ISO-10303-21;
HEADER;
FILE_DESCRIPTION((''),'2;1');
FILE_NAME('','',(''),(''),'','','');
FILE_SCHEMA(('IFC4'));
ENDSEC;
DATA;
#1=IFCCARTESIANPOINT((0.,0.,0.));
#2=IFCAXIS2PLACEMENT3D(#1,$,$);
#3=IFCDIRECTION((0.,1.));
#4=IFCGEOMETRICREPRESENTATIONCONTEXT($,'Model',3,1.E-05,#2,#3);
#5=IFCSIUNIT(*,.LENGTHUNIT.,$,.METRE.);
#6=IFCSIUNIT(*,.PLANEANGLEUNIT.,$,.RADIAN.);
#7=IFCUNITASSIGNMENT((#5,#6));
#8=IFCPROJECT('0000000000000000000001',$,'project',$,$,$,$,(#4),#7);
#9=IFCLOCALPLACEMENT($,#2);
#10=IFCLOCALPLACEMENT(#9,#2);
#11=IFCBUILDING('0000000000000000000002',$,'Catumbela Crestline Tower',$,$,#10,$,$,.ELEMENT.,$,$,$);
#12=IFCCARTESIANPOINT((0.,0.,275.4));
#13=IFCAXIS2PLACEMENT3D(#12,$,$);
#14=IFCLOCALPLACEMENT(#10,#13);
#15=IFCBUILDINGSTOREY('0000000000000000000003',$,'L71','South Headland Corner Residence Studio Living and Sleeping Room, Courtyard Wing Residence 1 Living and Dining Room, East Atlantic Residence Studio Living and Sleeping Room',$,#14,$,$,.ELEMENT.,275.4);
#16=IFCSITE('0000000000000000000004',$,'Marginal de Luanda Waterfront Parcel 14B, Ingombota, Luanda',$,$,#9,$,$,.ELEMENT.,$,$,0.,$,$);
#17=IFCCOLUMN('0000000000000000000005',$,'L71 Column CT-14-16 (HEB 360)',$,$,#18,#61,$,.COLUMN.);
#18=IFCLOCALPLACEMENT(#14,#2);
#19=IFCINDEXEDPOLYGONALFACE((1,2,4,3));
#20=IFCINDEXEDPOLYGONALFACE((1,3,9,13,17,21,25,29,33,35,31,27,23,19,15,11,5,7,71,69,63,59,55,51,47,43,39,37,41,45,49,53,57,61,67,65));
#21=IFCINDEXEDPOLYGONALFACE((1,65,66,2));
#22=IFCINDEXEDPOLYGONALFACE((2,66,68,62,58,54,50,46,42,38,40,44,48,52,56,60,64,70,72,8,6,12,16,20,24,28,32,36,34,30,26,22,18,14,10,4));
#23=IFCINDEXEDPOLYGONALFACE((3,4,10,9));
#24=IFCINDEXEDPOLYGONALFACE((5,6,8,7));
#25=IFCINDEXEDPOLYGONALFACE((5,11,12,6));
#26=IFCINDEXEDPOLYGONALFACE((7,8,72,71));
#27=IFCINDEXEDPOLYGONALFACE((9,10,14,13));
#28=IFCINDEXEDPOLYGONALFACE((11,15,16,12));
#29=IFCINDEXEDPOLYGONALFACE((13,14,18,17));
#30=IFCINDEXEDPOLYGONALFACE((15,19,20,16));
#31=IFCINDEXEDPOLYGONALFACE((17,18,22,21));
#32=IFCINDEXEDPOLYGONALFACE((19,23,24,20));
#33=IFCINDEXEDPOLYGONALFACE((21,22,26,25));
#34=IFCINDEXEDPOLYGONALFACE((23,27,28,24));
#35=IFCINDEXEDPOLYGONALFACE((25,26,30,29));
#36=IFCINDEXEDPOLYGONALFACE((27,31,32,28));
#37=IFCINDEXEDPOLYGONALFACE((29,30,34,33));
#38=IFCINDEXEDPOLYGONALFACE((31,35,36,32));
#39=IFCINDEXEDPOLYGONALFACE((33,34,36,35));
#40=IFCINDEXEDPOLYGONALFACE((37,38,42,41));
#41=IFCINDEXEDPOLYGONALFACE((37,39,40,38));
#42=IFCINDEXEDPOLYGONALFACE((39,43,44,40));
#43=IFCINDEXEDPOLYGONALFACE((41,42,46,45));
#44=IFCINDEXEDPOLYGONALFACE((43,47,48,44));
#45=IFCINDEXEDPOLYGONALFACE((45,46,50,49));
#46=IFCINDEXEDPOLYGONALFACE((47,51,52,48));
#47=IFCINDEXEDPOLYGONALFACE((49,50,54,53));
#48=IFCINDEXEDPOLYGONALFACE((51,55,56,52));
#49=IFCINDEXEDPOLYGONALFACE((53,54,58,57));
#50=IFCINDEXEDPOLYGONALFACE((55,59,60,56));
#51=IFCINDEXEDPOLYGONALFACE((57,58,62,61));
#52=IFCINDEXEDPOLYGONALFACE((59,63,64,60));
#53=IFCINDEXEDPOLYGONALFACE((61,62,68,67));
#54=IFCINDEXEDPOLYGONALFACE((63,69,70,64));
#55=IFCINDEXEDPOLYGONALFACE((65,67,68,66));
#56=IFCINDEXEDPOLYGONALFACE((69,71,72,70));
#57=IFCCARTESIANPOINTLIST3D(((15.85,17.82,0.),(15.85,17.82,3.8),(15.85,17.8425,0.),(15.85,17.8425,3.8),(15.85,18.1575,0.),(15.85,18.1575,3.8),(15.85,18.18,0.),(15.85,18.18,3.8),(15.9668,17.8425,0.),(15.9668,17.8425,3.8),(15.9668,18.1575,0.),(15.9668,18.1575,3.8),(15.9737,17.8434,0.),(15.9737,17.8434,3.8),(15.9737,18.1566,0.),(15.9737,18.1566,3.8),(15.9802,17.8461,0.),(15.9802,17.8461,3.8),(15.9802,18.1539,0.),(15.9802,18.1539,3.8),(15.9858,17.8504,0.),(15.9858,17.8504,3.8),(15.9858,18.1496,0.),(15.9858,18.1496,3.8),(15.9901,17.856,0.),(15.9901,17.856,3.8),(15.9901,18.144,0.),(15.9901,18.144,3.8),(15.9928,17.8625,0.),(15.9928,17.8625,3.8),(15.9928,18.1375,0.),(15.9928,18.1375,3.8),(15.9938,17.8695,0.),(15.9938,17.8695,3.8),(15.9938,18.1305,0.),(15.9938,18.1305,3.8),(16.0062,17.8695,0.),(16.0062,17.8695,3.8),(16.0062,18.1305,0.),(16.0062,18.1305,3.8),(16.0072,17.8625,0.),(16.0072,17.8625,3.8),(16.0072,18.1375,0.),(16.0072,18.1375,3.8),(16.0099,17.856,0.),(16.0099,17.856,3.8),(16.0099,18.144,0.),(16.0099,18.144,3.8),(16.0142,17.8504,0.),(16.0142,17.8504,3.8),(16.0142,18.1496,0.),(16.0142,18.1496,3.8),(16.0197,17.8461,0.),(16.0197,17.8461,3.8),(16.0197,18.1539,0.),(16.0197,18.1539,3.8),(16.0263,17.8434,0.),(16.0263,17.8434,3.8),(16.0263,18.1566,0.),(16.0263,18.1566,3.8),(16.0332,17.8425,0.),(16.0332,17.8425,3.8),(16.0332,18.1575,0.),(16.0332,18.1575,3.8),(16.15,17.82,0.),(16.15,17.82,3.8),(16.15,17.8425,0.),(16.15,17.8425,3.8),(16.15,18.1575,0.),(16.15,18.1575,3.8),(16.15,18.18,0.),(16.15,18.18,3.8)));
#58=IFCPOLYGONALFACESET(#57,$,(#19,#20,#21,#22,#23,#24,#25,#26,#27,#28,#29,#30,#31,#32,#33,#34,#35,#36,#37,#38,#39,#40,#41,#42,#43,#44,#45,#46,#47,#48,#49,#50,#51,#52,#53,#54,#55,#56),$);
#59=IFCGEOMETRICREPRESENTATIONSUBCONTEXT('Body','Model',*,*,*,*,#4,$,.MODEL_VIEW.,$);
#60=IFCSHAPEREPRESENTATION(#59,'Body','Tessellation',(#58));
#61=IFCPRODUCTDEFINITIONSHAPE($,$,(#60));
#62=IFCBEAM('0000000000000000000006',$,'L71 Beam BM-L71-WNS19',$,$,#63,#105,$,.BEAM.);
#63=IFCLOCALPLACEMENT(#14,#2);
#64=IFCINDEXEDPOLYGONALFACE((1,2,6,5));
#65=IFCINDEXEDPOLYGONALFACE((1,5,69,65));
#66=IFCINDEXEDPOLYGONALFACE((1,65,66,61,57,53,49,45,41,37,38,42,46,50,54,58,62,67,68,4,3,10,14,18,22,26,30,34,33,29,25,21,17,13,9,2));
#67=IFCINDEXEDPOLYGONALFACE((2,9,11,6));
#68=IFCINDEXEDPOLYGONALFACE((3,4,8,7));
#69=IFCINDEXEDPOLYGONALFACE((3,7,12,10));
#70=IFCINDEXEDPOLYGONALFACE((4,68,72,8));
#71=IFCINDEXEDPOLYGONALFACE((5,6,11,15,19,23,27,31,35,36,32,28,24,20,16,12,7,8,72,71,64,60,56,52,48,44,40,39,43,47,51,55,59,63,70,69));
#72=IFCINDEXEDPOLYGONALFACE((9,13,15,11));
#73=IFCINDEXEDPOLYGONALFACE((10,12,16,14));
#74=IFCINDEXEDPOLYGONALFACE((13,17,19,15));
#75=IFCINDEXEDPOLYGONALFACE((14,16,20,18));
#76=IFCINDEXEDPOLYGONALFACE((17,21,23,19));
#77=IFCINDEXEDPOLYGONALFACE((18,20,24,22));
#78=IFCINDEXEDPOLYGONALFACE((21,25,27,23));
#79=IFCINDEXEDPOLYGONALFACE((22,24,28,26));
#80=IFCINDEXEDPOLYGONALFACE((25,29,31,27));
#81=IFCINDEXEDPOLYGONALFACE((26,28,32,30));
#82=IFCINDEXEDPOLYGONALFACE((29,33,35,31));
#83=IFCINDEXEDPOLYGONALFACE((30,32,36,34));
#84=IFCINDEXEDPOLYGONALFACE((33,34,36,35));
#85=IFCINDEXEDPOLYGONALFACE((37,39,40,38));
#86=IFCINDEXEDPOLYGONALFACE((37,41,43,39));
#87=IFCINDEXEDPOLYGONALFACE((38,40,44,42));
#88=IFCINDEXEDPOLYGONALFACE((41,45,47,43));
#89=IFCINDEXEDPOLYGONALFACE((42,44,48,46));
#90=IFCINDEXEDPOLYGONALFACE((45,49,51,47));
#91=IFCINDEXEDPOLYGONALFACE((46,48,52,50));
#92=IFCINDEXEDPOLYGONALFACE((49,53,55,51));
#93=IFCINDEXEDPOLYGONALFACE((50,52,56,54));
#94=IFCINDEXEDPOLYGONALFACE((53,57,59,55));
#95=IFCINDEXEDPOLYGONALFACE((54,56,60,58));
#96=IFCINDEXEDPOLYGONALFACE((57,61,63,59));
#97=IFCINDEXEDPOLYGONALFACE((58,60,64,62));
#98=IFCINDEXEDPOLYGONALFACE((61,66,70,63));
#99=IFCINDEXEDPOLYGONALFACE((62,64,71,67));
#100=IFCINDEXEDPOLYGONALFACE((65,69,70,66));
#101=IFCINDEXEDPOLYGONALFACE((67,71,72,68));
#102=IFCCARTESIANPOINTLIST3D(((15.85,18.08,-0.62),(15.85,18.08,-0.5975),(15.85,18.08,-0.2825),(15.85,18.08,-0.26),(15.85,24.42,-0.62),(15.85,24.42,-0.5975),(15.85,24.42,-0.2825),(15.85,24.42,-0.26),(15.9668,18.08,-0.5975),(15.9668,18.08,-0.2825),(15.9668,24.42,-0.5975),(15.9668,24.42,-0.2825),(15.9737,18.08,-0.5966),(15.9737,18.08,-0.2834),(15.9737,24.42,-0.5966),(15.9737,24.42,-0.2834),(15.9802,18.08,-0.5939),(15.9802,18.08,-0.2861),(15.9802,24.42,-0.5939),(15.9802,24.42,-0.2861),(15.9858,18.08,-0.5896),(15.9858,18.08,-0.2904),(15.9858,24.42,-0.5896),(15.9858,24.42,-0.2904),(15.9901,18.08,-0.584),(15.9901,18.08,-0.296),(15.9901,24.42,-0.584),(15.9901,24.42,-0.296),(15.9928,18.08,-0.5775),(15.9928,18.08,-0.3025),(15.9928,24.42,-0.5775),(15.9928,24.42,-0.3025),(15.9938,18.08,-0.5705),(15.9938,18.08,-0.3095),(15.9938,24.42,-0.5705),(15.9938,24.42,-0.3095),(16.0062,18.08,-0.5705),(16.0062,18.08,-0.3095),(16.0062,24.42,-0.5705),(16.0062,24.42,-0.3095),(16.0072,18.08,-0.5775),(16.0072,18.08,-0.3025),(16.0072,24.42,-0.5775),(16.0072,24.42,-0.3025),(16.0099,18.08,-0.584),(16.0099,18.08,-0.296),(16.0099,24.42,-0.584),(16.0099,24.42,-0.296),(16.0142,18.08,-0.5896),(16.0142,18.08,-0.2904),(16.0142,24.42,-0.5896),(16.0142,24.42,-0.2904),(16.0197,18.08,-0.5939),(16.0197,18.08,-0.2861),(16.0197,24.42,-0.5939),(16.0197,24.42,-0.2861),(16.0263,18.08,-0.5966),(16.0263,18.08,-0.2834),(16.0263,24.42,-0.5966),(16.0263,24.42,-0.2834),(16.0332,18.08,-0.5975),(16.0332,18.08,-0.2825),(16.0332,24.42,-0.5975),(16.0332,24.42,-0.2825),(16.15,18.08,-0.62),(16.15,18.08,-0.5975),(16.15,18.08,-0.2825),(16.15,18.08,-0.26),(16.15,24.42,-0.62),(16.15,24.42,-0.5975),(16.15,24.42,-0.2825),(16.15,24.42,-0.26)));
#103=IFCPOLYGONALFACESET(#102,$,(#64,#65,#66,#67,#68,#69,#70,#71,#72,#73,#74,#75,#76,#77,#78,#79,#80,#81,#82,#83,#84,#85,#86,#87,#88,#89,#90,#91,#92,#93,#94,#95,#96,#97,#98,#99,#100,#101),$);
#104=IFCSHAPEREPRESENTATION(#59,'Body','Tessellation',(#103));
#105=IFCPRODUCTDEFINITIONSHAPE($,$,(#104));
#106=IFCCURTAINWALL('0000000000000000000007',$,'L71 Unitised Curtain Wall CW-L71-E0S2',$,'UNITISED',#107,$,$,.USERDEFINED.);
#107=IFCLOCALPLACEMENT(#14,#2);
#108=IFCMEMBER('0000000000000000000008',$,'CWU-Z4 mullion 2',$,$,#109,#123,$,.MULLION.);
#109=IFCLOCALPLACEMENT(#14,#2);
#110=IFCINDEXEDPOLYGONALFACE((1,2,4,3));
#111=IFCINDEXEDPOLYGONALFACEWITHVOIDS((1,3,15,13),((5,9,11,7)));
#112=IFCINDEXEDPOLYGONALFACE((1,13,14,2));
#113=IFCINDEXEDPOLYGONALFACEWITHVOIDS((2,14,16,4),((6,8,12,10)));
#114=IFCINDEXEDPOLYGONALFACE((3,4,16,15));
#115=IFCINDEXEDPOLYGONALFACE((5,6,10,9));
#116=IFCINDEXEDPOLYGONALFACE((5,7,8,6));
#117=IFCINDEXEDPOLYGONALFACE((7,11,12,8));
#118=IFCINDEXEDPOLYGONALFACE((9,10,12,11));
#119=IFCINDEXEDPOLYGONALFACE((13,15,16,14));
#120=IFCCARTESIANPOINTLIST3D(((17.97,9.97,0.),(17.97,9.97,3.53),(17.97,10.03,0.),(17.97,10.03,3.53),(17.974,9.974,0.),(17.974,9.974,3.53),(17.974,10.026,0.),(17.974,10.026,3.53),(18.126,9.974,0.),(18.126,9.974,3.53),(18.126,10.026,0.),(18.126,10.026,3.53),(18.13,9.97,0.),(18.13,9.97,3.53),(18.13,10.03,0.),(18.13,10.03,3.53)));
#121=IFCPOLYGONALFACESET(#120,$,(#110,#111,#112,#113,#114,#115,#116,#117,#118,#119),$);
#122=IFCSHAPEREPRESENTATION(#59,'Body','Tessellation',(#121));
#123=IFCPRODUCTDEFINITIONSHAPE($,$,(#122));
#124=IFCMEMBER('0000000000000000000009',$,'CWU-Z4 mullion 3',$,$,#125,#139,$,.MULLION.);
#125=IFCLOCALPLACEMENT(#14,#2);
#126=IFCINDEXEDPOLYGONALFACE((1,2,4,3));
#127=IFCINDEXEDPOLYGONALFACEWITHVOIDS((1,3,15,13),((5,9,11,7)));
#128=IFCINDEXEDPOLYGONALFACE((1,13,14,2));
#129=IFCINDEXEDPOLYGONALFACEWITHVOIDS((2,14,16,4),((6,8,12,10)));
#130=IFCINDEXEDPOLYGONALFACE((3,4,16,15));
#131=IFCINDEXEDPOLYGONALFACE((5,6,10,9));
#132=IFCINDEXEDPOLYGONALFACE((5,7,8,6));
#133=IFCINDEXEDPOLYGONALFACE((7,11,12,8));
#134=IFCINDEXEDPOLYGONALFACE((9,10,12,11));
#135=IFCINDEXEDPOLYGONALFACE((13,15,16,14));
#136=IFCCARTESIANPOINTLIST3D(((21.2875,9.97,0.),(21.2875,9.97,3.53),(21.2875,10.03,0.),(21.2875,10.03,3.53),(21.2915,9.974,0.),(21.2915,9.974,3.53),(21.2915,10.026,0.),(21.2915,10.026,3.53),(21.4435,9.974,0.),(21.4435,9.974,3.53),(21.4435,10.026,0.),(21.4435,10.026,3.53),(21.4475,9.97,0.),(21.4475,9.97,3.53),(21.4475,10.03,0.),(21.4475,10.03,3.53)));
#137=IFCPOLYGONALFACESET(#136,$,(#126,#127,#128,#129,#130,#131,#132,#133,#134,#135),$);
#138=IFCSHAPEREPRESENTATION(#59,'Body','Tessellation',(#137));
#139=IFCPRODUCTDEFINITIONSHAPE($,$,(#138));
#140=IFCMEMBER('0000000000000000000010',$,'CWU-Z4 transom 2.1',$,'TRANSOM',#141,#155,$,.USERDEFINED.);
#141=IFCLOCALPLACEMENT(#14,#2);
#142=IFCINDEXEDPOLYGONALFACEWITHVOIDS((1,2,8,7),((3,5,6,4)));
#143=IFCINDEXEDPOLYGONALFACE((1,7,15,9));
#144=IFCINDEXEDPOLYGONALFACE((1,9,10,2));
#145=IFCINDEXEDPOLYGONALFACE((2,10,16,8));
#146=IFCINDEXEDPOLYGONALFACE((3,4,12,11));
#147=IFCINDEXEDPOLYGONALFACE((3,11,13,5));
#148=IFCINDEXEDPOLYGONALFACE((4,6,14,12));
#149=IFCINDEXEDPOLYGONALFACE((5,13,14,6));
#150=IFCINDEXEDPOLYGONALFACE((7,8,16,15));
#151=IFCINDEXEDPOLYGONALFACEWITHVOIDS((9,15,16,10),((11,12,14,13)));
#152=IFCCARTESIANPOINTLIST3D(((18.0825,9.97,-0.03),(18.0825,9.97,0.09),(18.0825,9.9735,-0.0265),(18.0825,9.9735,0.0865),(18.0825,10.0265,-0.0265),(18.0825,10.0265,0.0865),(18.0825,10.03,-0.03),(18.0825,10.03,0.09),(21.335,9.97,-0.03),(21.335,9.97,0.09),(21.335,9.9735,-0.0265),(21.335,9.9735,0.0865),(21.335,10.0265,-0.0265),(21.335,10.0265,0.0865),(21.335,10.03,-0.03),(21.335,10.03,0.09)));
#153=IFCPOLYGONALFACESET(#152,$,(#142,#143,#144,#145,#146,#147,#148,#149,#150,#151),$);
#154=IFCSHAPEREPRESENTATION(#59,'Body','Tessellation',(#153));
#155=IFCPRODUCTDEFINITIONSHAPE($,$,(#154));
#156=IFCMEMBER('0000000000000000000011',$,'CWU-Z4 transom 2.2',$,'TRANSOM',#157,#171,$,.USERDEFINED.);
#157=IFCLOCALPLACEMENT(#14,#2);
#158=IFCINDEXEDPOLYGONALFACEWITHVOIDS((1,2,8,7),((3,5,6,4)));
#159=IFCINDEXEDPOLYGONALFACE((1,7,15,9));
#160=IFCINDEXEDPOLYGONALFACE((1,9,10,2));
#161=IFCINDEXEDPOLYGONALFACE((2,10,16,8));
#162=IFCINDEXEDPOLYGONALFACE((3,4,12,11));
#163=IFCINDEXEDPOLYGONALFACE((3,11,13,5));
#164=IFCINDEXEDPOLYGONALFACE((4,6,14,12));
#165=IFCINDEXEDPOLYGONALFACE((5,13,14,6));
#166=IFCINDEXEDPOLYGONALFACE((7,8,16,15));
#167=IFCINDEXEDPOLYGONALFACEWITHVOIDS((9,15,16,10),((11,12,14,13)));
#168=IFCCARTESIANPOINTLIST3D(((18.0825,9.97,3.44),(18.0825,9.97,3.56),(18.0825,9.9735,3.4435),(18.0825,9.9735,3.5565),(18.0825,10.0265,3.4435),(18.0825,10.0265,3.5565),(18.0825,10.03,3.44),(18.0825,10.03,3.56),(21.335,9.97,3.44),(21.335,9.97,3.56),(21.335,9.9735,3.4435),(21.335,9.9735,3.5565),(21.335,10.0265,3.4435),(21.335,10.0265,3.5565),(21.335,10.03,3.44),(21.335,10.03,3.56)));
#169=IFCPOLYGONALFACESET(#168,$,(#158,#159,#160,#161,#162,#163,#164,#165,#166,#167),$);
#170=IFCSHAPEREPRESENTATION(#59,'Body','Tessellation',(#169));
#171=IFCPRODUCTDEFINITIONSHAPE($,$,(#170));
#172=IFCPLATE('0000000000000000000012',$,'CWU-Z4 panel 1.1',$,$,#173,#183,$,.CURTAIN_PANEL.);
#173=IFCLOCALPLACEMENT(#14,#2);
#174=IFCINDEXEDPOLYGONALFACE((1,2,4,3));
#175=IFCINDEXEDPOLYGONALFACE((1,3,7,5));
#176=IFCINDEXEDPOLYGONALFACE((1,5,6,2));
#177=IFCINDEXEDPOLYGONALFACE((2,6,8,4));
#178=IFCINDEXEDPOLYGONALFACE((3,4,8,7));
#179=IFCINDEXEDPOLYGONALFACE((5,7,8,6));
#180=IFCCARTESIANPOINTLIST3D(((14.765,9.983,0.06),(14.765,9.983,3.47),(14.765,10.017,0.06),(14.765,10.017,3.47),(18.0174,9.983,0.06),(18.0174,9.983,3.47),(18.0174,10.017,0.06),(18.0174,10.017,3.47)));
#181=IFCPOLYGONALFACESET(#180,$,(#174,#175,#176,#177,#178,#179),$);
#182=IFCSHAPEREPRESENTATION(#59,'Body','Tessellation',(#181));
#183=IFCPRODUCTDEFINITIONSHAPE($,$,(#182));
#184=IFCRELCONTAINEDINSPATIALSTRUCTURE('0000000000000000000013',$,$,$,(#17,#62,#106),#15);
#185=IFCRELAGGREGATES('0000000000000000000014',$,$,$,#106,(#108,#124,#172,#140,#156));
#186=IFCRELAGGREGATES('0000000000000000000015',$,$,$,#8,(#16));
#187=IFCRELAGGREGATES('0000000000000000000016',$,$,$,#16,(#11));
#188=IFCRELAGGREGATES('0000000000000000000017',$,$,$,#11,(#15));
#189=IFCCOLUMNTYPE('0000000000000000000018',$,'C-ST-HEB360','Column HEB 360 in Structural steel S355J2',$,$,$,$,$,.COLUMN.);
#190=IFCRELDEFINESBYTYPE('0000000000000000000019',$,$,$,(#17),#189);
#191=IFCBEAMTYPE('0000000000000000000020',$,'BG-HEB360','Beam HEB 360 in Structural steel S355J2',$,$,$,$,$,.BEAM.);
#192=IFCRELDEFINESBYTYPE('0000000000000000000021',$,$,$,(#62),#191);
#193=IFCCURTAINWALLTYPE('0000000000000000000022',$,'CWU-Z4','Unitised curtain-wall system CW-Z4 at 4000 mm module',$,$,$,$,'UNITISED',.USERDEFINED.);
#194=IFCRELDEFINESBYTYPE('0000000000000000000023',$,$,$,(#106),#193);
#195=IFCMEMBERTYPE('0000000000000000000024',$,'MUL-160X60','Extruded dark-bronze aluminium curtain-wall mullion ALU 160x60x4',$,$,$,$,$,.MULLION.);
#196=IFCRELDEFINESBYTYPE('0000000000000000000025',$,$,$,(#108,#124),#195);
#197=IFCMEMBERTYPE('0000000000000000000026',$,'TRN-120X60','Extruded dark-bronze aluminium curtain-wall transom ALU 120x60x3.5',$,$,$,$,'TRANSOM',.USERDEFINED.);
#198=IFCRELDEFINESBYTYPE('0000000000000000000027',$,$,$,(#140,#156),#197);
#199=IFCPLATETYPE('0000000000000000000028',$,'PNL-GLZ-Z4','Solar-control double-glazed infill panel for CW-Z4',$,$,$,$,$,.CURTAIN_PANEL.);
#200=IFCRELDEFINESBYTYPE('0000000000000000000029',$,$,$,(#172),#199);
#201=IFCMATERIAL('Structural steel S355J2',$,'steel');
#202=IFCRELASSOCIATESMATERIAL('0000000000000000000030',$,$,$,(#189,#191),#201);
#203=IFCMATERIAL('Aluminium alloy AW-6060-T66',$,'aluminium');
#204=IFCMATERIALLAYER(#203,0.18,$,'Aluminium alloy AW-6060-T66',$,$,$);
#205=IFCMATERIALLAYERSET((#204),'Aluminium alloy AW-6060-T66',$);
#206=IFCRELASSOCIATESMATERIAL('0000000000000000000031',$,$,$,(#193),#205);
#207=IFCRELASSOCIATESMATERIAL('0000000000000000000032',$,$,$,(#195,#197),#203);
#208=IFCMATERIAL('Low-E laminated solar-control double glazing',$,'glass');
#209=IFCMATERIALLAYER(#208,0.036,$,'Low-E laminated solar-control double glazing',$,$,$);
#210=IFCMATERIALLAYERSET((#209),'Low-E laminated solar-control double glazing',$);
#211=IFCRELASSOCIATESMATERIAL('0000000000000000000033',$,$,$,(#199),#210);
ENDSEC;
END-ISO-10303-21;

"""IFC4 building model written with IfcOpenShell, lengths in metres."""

from ifc_helpers import new_model, si_unit, direction, frame, origin, origin_2d, place, context, subcontext, project, spatial, rectangle, hollow_rectangle, i_section, extrude, material, layer, layer_set, material_profile, profile_set, type_object, element, aggregate, save


model = new_model("IFC4")

# Units and contexts
model_context = context("Model", 3, precision=1e-05, world=origin(), true_north=direction((0.0, 1.0)))
body_context = subcontext(model_context, "Body", "Model", "MODEL_VIEW")
ifc_project = project(units=[si_unit("LENGTHUNIT", "METRE"), si_unit("PLANEANGLEUNIT", "RADIAN")], contexts=[model_context])

# Site, building, storey
site_placement = place(None, origin())
site = spatial("IfcSite", under=ifc_project, at=site_placement, Name="Marginal de Luanda Waterfront Parcel 14B, Ingombota, Luanda", CompositionType="ELEMENT", RefElevation=0.0)
building_placement = place(site_placement, origin())
building = spatial("IfcBuilding", under=site, at=building_placement, Name="Catumbela Crestline Tower", CompositionType="ELEMENT")
storey_placement = place(building_placement, frame((0.0, 0.0, 275.4)))
storey = spatial("IfcBuildingStorey", under=building, at=storey_placement, Name="L71", Description="South Headland Corner Residence Studio Living and Sleeping Room, Courtyard Wing Residence 1 Living and Dining Room, East Atlantic Residence Studio Living and Sleeping Room", CompositionType="ELEMENT", Elevation=275.4)

# Column
ifc_material_1 = material(Name="Structural steel S355J2", Category="steel")
ifc_material_profile_1 = material_profile(ifc_material_1, i_section(OverallWidth=0.3, OverallDepth=0.36, WebThickness=0.0125, FlangeThickness=0.0225, FilletRadius=0.027, at=origin_2d()), Name="HEB 360")
ifc_profile_set_1 = profile_set([ifc_material_profile_1], Name="Structural steel S355J2")
column_type = type_object("IfcColumnType", Name="C-ST-HEB360", Description="Column HEB 360 in Structural steel S355J2", PredefinedType="COLUMN", material=ifc_profile_set_1)
column_placement = place(storey_placement, frame((16.0, 18.0, 0.0), z_axis=(0.0, 0.0, 1.0), x_axis=(1.0, 0.0, 0.0)))
element("IfcColumn", 1, at=column_placement, inside=storey, type_object=column_type, Name="L71 Column CT-14-16 (HEB 360)", PredefinedType="COLUMN", context=body_context, shape_type="SweptSolid", body=[
    extrude(i_section(OverallWidth=0.3, OverallDepth=0.36, WebThickness=0.0125, FlangeThickness=0.0225, FilletRadius=0.027, at=origin_2d()), origin(), (0.0, 0.0, 1.0), 3.8),
])

# Beam
ifc_material_profile_2 = material_profile(ifc_material_1, i_section(OverallWidth=0.3, OverallDepth=0.36, WebThickness=0.0125, FlangeThickness=0.0225, FilletRadius=0.027, at=origin_2d()), Name="HEB 360")
ifc_profile_set_2 = profile_set([ifc_material_profile_2], Name="Structural steel S355J2")
beam_type = type_object("IfcBeamType", Name="BG-HEB360", Description="Beam HEB 360 in Structural steel S355J2", PredefinedType="BEAM", material=ifc_profile_set_2)
beam_placement = place(storey_placement, frame((16.0, 18.08, -0.44), z_axis=(0.0, 1.0, 0.0), x_axis=(-1.0, 0.0, 0.0)))
element("IfcBeam", 2, at=beam_placement, inside=storey, type_object=beam_type, Name="L71 Beam BM-L71-WNS19", PredefinedType="BEAM", context=body_context, shape_type="SweptSolid", body=[
    extrude(i_section(OverallWidth=0.3, OverallDepth=0.36, WebThickness=0.0125, FlangeThickness=0.0225, FilletRadius=0.027, at=origin_2d()), origin(), (0.0, 0.0, 1.0), 6.34),
])

# Curtain wall, members, plate
ifc_material_2 = material(Name="Aluminium alloy AW-6060-T66", Category="aluminium")
ifc_layer_1 = layer(ifc_material_2, 0.18, Name="Aluminium alloy AW-6060-T66")
ifc_layer_set_1 = layer_set([ifc_layer_1], Name="Aluminium alloy AW-6060-T66")
curtain_wall_type = type_object("IfcCurtainWallType", Name="CWU-Z4", Description="Unitised curtain-wall system CW-Z4 at 4000 mm module", ElementType="UNITISED", PredefinedType="USERDEFINED", material=ifc_layer_set_1)
curtain_wall_placement = place(storey_placement, origin())
curtain_wall = element("IfcCurtainWall", 3, at=curtain_wall_placement, inside=storey, type_object=curtain_wall_type, Name="L71 Unitised Curtain Wall CW-L71-E0S2", ObjectType="UNITISED", PredefinedType="USERDEFINED")
ifc_material_profile_3 = material_profile(ifc_material_2, hollow_rectangle(XDim=0.06, YDim=0.16, WallThickness=0.004, at=origin_2d()), Name="ALU 160x60x4")
ifc_profile_set_3 = profile_set([ifc_material_profile_3], Name="Aluminium alloy AW-6060-T66")
member_type_1 = type_object("IfcMemberType", Name="MUL-160X60", Description="Extruded dark-bronze aluminium curtain-wall mullion ALU 160x60x4", PredefinedType="MULLION", material=ifc_profile_set_3)
member_1_placement = place(storey_placement, frame((18.05, 10.0, 0.0), z_axis=(0.0, 0.0, 1.0), x_axis=(0.0, 1.0, 0.0)))
member_1 = element("IfcMember", 4, at=member_1_placement, type_object=member_type_1, Name="CWU-Z4 mullion 2", PredefinedType="MULLION", context=body_context, shape_type="SweptSolid", body=[
    extrude(hollow_rectangle(XDim=0.06, YDim=0.16, WallThickness=0.004, at=origin_2d()), origin(), (0.0, 0.0, 1.0), 3.53),
])
member_2_placement = place(storey_placement, frame((21.3675, 10.0, 0.0), z_axis=(0.0, 0.0, 1.0), x_axis=(0.0, 1.0, 0.0)))
member_2 = element("IfcMember", 5, at=member_2_placement, type_object=member_type_1, Name="CWU-Z4 mullion 3", PredefinedType="MULLION", context=body_context, shape_type="SweptSolid", body=[
    extrude(hollow_rectangle(XDim=0.06, YDim=0.16, WallThickness=0.004, at=origin_2d()), origin(), (0.0, 0.0, 1.0), 3.53),
])
ifc_material_profile_4 = material_profile(ifc_material_2, hollow_rectangle(XDim=0.06, YDim=0.12, WallThickness=0.0035, at=origin_2d()), Name="ALU 120x60x3.5")
ifc_profile_set_4 = profile_set([ifc_material_profile_4], Name="Aluminium alloy AW-6060-T66")
member_type_2 = type_object("IfcMemberType", Name="TRN-120X60", Description="Extruded dark-bronze aluminium curtain-wall transom ALU 120x60x3.5", ElementType="TRANSOM", PredefinedType="USERDEFINED", material=ifc_profile_set_4)
member_3_placement = place(storey_placement, frame((18.0825, 10.0, 0.03), z_axis=(1.0, 0.0, 0.0), x_axis=(0.0, 1.0, 0.0)))
member_3 = element("IfcMember", 6, at=member_3_placement, type_object=member_type_2, Name="CWU-Z4 transom 2.1", ObjectType="TRANSOM", PredefinedType="USERDEFINED", context=body_context, shape_type="SweptSolid", body=[
    extrude(hollow_rectangle(XDim=0.06, YDim=0.12, WallThickness=0.0035, at=origin_2d()), origin(), (0.0, 0.0, 1.0), 3.2525),
])
member_4_placement = place(storey_placement, frame((18.0825, 10.0, 3.5), z_axis=(1.0, 0.0, 0.0), x_axis=(0.0, 1.0, 0.0)))
member_4 = element("IfcMember", 7, at=member_4_placement, type_object=member_type_2, Name="CWU-Z4 transom 2.2", ObjectType="TRANSOM", PredefinedType="USERDEFINED", context=body_context, shape_type="SweptSolid", body=[
    extrude(hollow_rectangle(XDim=0.06, YDim=0.12, WallThickness=0.0035, at=origin_2d()), origin(), (0.0, 0.0, 1.0), 3.2525),
])
ifc_material_3 = material(Name="Low-E laminated solar-control double glazing", Category="glass")
ifc_layer_2 = layer(ifc_material_3, 0.036, Name="Low-E laminated solar-control double glazing")
ifc_layer_set_2 = layer_set([ifc_layer_2], Name="Low-E laminated solar-control double glazing")
plate_type = type_object("IfcPlateType", Name="PNL-GLZ-Z4", Description="Solar-control double-glazed infill panel for CW-Z4", PredefinedType="CURTAIN_PANEL", material=ifc_layer_set_2)
plate_1_placement = place(storey_placement, frame((16.3912, 10.0, 0.06), z_axis=(0.0, 0.0, 1.0), x_axis=(1.0, 0.0, 0.0)))
plate_1 = element("IfcPlate", 8, at=plate_1_placement, type_object=plate_type, Name="CWU-Z4 panel 1.1", PredefinedType="CURTAIN_PANEL", context=body_context, shape_type="SweptSolid", body=[
    extrude(rectangle(XDim=3.2525, YDim=0.034, at=origin_2d()), origin(), (0.0, 0.0, 1.0), 3.41),
])
aggregate(curtain_wall, [member_1, member_2, plate_1, member_3, member_4])

save(model, "model.ifc")
